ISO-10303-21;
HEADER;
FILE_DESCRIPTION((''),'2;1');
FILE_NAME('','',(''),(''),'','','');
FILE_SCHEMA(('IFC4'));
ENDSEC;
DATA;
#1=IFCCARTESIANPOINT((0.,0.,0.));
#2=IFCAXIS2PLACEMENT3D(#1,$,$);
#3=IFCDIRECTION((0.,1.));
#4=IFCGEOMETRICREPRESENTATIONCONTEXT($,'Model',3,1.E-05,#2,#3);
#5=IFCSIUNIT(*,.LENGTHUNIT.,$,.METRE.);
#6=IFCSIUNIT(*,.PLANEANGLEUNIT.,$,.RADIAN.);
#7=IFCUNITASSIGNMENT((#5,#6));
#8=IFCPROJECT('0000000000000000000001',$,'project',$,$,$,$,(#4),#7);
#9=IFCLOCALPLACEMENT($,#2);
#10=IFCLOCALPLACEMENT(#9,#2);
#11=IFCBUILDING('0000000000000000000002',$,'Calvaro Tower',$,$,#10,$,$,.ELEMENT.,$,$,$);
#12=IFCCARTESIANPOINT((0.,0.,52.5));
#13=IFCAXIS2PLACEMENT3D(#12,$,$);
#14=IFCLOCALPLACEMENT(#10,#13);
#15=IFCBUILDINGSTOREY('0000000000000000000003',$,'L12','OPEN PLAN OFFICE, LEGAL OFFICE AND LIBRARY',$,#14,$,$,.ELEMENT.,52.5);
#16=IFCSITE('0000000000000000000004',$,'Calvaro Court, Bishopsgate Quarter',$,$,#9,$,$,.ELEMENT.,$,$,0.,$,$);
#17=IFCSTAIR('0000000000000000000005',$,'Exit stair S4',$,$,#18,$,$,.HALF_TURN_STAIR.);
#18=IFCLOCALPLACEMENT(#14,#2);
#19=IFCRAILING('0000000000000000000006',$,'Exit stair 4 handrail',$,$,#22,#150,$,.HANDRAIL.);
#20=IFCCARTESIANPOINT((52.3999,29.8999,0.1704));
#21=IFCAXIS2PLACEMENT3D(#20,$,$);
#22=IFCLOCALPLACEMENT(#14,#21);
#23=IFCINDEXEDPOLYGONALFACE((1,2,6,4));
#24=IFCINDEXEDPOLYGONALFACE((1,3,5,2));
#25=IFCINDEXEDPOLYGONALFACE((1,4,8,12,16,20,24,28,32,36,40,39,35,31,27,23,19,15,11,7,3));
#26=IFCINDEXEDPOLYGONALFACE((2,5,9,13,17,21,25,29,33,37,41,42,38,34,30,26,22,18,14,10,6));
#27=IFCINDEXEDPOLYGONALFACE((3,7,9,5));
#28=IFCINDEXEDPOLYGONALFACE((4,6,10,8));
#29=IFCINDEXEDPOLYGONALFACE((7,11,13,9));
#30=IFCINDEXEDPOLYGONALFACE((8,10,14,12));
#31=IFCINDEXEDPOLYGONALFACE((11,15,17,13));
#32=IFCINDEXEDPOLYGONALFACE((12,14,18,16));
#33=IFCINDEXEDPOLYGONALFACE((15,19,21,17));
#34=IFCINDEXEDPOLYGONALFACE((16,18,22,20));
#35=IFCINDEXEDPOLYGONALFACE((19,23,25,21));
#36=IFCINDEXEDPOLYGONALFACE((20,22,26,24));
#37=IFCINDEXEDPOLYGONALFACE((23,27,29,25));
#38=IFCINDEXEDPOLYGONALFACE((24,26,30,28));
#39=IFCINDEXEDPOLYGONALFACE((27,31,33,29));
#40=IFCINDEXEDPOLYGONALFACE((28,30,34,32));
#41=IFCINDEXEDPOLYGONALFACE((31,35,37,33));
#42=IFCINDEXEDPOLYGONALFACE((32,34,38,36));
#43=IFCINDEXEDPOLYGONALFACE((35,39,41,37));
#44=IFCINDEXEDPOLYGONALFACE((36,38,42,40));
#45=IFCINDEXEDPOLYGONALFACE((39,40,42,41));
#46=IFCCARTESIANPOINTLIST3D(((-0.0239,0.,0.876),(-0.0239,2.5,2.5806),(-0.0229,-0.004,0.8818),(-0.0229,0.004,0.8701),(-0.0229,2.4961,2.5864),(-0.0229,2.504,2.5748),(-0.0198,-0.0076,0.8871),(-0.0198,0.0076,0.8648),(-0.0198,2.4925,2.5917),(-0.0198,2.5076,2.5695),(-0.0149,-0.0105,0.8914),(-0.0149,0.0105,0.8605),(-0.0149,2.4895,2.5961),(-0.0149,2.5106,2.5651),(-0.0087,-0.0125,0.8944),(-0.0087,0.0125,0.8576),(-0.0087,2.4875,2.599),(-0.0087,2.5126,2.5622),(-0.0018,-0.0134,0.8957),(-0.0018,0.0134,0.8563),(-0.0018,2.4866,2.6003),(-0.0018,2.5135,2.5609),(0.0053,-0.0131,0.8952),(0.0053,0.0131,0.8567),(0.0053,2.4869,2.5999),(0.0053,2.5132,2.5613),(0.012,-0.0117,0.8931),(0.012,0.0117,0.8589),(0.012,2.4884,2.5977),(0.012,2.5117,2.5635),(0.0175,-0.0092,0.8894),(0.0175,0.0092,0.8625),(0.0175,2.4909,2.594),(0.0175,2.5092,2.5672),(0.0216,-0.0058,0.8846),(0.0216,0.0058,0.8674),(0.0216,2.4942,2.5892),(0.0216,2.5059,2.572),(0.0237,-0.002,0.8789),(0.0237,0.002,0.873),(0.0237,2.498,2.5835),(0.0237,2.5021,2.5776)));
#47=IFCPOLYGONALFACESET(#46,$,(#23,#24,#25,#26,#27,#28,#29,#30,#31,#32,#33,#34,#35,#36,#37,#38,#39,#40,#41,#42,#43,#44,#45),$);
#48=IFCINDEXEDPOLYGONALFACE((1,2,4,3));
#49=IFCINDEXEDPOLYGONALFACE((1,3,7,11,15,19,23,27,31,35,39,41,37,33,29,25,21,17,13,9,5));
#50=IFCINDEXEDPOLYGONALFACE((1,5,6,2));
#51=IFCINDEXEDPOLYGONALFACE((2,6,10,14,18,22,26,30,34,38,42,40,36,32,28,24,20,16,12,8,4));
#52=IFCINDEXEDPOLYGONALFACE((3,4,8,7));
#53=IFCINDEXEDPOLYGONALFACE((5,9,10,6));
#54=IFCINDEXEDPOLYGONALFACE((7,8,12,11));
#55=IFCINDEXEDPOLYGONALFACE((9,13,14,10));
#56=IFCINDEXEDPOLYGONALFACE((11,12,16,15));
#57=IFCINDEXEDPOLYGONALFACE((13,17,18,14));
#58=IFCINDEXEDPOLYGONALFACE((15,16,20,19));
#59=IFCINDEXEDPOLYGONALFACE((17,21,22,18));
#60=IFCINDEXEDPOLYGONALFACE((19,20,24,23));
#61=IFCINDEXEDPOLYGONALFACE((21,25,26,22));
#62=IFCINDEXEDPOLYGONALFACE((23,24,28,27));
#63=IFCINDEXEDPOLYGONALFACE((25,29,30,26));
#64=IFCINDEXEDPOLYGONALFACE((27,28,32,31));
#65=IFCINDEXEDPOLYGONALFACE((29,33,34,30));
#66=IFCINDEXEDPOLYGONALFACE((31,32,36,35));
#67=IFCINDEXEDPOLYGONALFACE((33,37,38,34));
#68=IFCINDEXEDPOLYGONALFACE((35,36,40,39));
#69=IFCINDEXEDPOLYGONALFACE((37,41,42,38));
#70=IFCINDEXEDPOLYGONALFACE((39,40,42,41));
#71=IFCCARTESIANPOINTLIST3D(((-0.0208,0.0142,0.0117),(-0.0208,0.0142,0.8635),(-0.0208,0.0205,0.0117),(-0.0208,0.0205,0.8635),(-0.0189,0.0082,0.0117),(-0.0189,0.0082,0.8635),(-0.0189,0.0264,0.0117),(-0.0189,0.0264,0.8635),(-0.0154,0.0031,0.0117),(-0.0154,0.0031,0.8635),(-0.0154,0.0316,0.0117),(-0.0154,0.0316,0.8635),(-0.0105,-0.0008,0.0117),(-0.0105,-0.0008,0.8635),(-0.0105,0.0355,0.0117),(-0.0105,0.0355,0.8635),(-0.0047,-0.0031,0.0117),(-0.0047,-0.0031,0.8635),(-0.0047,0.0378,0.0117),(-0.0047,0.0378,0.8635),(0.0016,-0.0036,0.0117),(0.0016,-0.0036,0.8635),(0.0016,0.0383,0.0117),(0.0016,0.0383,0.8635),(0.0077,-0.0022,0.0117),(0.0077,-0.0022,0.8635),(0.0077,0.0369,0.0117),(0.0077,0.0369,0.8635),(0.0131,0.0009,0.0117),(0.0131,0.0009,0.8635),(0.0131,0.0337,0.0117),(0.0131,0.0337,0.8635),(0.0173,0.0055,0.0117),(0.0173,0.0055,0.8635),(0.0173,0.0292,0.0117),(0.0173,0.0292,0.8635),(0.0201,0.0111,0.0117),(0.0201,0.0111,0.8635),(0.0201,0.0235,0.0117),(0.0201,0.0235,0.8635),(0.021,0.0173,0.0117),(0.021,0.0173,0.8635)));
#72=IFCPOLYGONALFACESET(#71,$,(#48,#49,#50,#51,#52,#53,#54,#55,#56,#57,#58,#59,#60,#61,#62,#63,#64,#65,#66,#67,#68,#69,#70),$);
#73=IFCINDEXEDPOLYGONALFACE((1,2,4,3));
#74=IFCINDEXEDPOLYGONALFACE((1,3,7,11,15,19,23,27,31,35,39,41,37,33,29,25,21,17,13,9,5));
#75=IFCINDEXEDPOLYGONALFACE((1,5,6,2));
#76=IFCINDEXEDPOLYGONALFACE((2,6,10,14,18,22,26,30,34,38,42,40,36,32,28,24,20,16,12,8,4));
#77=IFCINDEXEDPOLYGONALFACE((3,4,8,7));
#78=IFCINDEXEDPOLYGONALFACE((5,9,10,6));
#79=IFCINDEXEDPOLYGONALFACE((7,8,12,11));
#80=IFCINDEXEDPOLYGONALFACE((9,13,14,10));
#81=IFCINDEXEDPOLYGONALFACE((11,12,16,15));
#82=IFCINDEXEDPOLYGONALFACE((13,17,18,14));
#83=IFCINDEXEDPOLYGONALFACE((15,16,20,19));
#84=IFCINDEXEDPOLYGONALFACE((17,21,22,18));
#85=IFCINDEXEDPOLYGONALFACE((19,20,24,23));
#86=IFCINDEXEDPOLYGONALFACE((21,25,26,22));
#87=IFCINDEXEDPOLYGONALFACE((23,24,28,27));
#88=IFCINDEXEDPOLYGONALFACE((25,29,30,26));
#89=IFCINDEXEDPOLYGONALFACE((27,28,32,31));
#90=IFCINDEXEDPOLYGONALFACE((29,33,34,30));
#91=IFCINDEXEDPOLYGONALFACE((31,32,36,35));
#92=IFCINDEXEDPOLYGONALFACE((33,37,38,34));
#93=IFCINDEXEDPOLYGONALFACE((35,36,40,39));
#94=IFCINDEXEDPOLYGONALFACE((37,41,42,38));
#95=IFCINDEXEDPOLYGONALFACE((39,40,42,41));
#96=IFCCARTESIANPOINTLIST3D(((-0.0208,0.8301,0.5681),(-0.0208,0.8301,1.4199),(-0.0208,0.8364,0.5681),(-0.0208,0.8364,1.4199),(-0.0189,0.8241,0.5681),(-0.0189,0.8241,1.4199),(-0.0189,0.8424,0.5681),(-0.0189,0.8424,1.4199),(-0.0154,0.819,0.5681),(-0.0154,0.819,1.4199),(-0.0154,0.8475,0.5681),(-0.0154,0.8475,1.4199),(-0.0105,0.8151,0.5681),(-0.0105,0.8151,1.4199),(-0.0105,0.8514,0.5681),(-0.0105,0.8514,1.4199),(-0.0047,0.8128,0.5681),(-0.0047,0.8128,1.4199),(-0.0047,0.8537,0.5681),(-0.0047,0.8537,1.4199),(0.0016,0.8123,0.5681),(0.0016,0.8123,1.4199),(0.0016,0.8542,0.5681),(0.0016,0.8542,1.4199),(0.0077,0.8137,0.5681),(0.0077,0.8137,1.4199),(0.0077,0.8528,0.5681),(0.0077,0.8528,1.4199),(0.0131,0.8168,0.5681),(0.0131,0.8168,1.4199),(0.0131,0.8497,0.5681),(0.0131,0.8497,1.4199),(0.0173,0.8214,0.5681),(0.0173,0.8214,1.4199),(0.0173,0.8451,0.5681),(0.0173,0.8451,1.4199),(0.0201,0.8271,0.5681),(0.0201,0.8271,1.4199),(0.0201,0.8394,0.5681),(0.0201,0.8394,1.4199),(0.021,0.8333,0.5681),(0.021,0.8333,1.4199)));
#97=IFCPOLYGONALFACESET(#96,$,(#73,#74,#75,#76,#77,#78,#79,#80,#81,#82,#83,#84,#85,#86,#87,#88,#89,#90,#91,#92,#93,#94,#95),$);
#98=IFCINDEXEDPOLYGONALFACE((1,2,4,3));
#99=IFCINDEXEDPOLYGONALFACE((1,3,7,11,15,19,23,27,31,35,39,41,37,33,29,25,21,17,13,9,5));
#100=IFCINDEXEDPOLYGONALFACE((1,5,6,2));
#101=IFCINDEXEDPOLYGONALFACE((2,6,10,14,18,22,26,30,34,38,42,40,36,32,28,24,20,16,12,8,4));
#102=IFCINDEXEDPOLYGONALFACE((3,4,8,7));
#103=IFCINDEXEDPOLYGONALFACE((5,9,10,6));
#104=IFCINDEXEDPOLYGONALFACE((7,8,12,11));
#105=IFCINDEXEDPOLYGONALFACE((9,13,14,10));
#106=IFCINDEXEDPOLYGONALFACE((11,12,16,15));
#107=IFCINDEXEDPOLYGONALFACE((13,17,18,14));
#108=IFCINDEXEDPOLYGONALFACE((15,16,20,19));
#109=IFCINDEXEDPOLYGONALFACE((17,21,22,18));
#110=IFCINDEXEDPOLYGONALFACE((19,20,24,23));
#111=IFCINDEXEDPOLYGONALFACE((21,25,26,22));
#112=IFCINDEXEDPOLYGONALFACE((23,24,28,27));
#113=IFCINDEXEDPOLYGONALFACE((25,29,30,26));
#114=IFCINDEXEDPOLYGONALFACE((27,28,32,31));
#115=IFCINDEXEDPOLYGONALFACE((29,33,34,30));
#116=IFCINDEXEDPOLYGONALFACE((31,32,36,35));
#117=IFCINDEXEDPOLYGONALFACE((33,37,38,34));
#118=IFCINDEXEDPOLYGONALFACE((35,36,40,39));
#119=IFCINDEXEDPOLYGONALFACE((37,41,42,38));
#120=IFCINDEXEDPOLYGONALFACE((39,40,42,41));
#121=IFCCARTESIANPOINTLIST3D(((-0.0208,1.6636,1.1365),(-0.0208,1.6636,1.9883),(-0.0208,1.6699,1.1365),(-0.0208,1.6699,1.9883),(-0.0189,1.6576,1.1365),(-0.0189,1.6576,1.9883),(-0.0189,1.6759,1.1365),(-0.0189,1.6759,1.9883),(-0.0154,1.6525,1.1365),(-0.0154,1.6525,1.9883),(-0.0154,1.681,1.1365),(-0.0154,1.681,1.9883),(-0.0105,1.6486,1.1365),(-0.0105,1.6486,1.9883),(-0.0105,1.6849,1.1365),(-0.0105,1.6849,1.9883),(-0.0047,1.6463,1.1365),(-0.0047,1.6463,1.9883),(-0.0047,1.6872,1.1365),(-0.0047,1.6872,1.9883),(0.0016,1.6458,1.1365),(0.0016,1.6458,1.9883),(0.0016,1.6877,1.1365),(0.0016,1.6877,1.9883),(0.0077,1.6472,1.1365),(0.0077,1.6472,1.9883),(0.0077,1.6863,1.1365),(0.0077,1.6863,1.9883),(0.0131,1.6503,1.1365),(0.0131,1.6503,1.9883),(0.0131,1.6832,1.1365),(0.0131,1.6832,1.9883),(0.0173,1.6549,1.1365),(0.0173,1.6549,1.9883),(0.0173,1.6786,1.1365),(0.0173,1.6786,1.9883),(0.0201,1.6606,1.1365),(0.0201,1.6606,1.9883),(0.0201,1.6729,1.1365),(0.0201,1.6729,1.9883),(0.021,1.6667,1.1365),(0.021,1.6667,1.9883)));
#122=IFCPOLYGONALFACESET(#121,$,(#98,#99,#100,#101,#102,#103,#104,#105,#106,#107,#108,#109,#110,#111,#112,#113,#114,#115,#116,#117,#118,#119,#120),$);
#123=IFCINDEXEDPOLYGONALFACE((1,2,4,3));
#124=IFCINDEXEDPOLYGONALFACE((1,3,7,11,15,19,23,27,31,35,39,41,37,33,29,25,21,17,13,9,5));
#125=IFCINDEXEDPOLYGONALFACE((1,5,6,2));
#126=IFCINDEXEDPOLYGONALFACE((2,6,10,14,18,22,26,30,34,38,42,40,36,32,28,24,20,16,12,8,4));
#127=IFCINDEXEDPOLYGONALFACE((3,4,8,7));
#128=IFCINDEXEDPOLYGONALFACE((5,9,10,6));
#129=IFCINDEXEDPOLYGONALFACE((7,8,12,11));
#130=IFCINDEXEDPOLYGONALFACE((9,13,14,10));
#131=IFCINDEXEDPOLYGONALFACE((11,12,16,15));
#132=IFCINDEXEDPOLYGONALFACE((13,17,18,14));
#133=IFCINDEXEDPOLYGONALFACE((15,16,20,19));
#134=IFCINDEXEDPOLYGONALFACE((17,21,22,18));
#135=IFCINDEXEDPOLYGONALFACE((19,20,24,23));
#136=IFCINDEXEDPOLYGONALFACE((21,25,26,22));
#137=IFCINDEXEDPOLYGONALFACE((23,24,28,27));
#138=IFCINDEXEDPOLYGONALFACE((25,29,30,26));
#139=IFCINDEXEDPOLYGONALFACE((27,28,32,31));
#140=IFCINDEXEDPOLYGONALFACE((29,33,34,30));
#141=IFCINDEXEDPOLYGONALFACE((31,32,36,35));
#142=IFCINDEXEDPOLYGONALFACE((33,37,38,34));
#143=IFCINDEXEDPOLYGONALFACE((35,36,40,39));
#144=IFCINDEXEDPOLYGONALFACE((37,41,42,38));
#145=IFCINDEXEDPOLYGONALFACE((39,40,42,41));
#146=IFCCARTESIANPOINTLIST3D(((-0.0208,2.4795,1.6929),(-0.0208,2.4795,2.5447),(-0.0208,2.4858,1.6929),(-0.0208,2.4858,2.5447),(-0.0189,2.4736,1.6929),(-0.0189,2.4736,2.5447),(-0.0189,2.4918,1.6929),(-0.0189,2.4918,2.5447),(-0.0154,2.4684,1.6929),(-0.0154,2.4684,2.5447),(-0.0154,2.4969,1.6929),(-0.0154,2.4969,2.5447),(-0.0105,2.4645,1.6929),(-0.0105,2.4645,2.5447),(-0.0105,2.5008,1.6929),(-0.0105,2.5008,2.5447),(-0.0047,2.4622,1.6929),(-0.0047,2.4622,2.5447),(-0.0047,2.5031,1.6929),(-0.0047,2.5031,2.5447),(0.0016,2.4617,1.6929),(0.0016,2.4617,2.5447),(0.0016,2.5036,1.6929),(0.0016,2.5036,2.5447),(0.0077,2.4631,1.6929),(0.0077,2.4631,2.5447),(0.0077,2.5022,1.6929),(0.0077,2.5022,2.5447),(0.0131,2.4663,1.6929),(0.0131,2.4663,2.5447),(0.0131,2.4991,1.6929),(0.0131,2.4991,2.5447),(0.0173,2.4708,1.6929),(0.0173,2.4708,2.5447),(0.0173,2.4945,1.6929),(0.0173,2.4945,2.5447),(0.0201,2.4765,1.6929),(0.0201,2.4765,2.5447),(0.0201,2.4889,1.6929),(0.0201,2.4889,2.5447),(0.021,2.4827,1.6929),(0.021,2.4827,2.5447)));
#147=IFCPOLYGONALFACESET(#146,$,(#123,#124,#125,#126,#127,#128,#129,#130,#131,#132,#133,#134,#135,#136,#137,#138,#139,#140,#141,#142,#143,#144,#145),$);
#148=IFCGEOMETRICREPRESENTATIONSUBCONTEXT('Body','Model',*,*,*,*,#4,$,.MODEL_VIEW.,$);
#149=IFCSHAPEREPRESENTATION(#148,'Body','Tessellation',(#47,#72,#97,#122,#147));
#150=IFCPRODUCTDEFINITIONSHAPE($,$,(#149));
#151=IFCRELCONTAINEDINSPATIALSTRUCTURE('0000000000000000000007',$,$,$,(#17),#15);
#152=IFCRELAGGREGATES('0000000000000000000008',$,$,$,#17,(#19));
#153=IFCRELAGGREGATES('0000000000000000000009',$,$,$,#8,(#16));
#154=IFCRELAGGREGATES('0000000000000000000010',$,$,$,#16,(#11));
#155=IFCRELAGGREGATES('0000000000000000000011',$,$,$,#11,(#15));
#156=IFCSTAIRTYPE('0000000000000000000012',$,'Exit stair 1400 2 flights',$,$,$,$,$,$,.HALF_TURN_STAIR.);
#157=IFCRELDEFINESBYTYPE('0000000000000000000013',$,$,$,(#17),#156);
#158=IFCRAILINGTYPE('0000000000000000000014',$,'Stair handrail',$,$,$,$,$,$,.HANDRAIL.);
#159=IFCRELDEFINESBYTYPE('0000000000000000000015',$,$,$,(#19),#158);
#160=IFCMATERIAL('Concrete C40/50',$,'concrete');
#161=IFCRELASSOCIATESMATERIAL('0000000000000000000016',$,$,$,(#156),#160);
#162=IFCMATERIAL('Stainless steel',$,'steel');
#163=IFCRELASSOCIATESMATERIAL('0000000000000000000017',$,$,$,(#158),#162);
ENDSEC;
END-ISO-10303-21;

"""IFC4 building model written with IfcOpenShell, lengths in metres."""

from ifc_helpers import new_model, si_unit, direction, frame, origin, origin_2d, place, context, subcontext, project, spatial, circle, extrude, material, type_object, element, aggregate, save


model = new_model("IFC4")

# Units and contexts
model_context = context("Model", 3, precision=1e-05, world=origin(), true_north=direction((0.0, 1.0)))
body_context = subcontext(model_context, "Body", "Model", "MODEL_VIEW")
ifc_project = project(units=[si_unit("LENGTHUNIT", "METRE"), si_unit("PLANEANGLEUNIT", "RADIAN")], contexts=[model_context])

# Site, building, storey
site_placement = place(None, origin())
site = spatial("IfcSite", under=ifc_project, at=site_placement, Name="Calvaro Court, Bishopsgate Quarter", CompositionType="ELEMENT", RefElevation=0.0)
building_placement = place(site_placement, origin())
building = spatial("IfcBuilding", under=site, at=building_placement, Name="Calvaro Tower", CompositionType="ELEMENT")
storey_placement = place(building_placement, frame((0.0, 0.0, 52.5)))
storey = spatial("IfcBuildingStorey", under=building, at=storey_placement, Name="L12", Description="OPEN PLAN OFFICE, LEGAL OFFICE AND LIBRARY", CompositionType="ELEMENT", Elevation=52.5)

# Stair
ifc_material_1 = material(Name="Concrete C40/50", Category="concrete")
stair_type = type_object("IfcStairType", Name="Exit stair 1400 2 flights", PredefinedType="HALF_TURN_STAIR", material=ifc_material_1)
stair_1_placement = place(storey_placement, origin())
stair_1 = element("IfcStair", 1, at=stair_1_placement, inside=storey, type_object=stair_type, Name="Exit stair S4", PredefinedType="HALF_TURN_STAIR")

# Railing
ifc_material_2 = material(Name="Stainless steel", Category="steel")
railing_type = type_object("IfcRailingType", Name="Stair handrail", PredefinedType="HANDRAIL", material=ifc_material_2)
railing_1_placement = place(storey_placement, frame((52.3999, 29.8999, 0.1704)))
railing_1 = element("IfcRailing", 2, at=railing_1_placement, type_object=railing_type, Name="Exit stair 4 handrail", PredefinedType="HANDRAIL", context=body_context, shape_type="SweptSolid", body=[
    extrude(circle(Radius=0.0239, at=origin_2d()), frame((0.0, 0.0, 0.876), z_axis=(0.0, 0.826221, 0.563347), x_axis=(-1.0, 0.0, 0.0)), (0.0, 0.0, 1.0), 3.0259),
    extrude(circle(Radius=0.021, at=origin_2d()), frame((0.0, 0.0173, 0.0117)), (0.0, 0.0, 1.0), 0.8518),
    extrude(circle(Radius=0.021, at=origin_2d()), frame((0.0, 0.8333, 0.5681)), (0.0, 0.0, 1.0), 0.8518),
    extrude(circle(Radius=0.021, at=origin_2d()), frame((0.0, 1.6667, 1.1365)), (0.0, 0.0, 1.0), 0.8518),
    extrude(circle(Radius=0.021, at=origin_2d()), frame((0.0, 2.4827, 1.6929)), (0.0, 0.0, 1.0), 0.8518),
])
aggregate(stair_1, [railing_1])

save(model, "model.ifc")
